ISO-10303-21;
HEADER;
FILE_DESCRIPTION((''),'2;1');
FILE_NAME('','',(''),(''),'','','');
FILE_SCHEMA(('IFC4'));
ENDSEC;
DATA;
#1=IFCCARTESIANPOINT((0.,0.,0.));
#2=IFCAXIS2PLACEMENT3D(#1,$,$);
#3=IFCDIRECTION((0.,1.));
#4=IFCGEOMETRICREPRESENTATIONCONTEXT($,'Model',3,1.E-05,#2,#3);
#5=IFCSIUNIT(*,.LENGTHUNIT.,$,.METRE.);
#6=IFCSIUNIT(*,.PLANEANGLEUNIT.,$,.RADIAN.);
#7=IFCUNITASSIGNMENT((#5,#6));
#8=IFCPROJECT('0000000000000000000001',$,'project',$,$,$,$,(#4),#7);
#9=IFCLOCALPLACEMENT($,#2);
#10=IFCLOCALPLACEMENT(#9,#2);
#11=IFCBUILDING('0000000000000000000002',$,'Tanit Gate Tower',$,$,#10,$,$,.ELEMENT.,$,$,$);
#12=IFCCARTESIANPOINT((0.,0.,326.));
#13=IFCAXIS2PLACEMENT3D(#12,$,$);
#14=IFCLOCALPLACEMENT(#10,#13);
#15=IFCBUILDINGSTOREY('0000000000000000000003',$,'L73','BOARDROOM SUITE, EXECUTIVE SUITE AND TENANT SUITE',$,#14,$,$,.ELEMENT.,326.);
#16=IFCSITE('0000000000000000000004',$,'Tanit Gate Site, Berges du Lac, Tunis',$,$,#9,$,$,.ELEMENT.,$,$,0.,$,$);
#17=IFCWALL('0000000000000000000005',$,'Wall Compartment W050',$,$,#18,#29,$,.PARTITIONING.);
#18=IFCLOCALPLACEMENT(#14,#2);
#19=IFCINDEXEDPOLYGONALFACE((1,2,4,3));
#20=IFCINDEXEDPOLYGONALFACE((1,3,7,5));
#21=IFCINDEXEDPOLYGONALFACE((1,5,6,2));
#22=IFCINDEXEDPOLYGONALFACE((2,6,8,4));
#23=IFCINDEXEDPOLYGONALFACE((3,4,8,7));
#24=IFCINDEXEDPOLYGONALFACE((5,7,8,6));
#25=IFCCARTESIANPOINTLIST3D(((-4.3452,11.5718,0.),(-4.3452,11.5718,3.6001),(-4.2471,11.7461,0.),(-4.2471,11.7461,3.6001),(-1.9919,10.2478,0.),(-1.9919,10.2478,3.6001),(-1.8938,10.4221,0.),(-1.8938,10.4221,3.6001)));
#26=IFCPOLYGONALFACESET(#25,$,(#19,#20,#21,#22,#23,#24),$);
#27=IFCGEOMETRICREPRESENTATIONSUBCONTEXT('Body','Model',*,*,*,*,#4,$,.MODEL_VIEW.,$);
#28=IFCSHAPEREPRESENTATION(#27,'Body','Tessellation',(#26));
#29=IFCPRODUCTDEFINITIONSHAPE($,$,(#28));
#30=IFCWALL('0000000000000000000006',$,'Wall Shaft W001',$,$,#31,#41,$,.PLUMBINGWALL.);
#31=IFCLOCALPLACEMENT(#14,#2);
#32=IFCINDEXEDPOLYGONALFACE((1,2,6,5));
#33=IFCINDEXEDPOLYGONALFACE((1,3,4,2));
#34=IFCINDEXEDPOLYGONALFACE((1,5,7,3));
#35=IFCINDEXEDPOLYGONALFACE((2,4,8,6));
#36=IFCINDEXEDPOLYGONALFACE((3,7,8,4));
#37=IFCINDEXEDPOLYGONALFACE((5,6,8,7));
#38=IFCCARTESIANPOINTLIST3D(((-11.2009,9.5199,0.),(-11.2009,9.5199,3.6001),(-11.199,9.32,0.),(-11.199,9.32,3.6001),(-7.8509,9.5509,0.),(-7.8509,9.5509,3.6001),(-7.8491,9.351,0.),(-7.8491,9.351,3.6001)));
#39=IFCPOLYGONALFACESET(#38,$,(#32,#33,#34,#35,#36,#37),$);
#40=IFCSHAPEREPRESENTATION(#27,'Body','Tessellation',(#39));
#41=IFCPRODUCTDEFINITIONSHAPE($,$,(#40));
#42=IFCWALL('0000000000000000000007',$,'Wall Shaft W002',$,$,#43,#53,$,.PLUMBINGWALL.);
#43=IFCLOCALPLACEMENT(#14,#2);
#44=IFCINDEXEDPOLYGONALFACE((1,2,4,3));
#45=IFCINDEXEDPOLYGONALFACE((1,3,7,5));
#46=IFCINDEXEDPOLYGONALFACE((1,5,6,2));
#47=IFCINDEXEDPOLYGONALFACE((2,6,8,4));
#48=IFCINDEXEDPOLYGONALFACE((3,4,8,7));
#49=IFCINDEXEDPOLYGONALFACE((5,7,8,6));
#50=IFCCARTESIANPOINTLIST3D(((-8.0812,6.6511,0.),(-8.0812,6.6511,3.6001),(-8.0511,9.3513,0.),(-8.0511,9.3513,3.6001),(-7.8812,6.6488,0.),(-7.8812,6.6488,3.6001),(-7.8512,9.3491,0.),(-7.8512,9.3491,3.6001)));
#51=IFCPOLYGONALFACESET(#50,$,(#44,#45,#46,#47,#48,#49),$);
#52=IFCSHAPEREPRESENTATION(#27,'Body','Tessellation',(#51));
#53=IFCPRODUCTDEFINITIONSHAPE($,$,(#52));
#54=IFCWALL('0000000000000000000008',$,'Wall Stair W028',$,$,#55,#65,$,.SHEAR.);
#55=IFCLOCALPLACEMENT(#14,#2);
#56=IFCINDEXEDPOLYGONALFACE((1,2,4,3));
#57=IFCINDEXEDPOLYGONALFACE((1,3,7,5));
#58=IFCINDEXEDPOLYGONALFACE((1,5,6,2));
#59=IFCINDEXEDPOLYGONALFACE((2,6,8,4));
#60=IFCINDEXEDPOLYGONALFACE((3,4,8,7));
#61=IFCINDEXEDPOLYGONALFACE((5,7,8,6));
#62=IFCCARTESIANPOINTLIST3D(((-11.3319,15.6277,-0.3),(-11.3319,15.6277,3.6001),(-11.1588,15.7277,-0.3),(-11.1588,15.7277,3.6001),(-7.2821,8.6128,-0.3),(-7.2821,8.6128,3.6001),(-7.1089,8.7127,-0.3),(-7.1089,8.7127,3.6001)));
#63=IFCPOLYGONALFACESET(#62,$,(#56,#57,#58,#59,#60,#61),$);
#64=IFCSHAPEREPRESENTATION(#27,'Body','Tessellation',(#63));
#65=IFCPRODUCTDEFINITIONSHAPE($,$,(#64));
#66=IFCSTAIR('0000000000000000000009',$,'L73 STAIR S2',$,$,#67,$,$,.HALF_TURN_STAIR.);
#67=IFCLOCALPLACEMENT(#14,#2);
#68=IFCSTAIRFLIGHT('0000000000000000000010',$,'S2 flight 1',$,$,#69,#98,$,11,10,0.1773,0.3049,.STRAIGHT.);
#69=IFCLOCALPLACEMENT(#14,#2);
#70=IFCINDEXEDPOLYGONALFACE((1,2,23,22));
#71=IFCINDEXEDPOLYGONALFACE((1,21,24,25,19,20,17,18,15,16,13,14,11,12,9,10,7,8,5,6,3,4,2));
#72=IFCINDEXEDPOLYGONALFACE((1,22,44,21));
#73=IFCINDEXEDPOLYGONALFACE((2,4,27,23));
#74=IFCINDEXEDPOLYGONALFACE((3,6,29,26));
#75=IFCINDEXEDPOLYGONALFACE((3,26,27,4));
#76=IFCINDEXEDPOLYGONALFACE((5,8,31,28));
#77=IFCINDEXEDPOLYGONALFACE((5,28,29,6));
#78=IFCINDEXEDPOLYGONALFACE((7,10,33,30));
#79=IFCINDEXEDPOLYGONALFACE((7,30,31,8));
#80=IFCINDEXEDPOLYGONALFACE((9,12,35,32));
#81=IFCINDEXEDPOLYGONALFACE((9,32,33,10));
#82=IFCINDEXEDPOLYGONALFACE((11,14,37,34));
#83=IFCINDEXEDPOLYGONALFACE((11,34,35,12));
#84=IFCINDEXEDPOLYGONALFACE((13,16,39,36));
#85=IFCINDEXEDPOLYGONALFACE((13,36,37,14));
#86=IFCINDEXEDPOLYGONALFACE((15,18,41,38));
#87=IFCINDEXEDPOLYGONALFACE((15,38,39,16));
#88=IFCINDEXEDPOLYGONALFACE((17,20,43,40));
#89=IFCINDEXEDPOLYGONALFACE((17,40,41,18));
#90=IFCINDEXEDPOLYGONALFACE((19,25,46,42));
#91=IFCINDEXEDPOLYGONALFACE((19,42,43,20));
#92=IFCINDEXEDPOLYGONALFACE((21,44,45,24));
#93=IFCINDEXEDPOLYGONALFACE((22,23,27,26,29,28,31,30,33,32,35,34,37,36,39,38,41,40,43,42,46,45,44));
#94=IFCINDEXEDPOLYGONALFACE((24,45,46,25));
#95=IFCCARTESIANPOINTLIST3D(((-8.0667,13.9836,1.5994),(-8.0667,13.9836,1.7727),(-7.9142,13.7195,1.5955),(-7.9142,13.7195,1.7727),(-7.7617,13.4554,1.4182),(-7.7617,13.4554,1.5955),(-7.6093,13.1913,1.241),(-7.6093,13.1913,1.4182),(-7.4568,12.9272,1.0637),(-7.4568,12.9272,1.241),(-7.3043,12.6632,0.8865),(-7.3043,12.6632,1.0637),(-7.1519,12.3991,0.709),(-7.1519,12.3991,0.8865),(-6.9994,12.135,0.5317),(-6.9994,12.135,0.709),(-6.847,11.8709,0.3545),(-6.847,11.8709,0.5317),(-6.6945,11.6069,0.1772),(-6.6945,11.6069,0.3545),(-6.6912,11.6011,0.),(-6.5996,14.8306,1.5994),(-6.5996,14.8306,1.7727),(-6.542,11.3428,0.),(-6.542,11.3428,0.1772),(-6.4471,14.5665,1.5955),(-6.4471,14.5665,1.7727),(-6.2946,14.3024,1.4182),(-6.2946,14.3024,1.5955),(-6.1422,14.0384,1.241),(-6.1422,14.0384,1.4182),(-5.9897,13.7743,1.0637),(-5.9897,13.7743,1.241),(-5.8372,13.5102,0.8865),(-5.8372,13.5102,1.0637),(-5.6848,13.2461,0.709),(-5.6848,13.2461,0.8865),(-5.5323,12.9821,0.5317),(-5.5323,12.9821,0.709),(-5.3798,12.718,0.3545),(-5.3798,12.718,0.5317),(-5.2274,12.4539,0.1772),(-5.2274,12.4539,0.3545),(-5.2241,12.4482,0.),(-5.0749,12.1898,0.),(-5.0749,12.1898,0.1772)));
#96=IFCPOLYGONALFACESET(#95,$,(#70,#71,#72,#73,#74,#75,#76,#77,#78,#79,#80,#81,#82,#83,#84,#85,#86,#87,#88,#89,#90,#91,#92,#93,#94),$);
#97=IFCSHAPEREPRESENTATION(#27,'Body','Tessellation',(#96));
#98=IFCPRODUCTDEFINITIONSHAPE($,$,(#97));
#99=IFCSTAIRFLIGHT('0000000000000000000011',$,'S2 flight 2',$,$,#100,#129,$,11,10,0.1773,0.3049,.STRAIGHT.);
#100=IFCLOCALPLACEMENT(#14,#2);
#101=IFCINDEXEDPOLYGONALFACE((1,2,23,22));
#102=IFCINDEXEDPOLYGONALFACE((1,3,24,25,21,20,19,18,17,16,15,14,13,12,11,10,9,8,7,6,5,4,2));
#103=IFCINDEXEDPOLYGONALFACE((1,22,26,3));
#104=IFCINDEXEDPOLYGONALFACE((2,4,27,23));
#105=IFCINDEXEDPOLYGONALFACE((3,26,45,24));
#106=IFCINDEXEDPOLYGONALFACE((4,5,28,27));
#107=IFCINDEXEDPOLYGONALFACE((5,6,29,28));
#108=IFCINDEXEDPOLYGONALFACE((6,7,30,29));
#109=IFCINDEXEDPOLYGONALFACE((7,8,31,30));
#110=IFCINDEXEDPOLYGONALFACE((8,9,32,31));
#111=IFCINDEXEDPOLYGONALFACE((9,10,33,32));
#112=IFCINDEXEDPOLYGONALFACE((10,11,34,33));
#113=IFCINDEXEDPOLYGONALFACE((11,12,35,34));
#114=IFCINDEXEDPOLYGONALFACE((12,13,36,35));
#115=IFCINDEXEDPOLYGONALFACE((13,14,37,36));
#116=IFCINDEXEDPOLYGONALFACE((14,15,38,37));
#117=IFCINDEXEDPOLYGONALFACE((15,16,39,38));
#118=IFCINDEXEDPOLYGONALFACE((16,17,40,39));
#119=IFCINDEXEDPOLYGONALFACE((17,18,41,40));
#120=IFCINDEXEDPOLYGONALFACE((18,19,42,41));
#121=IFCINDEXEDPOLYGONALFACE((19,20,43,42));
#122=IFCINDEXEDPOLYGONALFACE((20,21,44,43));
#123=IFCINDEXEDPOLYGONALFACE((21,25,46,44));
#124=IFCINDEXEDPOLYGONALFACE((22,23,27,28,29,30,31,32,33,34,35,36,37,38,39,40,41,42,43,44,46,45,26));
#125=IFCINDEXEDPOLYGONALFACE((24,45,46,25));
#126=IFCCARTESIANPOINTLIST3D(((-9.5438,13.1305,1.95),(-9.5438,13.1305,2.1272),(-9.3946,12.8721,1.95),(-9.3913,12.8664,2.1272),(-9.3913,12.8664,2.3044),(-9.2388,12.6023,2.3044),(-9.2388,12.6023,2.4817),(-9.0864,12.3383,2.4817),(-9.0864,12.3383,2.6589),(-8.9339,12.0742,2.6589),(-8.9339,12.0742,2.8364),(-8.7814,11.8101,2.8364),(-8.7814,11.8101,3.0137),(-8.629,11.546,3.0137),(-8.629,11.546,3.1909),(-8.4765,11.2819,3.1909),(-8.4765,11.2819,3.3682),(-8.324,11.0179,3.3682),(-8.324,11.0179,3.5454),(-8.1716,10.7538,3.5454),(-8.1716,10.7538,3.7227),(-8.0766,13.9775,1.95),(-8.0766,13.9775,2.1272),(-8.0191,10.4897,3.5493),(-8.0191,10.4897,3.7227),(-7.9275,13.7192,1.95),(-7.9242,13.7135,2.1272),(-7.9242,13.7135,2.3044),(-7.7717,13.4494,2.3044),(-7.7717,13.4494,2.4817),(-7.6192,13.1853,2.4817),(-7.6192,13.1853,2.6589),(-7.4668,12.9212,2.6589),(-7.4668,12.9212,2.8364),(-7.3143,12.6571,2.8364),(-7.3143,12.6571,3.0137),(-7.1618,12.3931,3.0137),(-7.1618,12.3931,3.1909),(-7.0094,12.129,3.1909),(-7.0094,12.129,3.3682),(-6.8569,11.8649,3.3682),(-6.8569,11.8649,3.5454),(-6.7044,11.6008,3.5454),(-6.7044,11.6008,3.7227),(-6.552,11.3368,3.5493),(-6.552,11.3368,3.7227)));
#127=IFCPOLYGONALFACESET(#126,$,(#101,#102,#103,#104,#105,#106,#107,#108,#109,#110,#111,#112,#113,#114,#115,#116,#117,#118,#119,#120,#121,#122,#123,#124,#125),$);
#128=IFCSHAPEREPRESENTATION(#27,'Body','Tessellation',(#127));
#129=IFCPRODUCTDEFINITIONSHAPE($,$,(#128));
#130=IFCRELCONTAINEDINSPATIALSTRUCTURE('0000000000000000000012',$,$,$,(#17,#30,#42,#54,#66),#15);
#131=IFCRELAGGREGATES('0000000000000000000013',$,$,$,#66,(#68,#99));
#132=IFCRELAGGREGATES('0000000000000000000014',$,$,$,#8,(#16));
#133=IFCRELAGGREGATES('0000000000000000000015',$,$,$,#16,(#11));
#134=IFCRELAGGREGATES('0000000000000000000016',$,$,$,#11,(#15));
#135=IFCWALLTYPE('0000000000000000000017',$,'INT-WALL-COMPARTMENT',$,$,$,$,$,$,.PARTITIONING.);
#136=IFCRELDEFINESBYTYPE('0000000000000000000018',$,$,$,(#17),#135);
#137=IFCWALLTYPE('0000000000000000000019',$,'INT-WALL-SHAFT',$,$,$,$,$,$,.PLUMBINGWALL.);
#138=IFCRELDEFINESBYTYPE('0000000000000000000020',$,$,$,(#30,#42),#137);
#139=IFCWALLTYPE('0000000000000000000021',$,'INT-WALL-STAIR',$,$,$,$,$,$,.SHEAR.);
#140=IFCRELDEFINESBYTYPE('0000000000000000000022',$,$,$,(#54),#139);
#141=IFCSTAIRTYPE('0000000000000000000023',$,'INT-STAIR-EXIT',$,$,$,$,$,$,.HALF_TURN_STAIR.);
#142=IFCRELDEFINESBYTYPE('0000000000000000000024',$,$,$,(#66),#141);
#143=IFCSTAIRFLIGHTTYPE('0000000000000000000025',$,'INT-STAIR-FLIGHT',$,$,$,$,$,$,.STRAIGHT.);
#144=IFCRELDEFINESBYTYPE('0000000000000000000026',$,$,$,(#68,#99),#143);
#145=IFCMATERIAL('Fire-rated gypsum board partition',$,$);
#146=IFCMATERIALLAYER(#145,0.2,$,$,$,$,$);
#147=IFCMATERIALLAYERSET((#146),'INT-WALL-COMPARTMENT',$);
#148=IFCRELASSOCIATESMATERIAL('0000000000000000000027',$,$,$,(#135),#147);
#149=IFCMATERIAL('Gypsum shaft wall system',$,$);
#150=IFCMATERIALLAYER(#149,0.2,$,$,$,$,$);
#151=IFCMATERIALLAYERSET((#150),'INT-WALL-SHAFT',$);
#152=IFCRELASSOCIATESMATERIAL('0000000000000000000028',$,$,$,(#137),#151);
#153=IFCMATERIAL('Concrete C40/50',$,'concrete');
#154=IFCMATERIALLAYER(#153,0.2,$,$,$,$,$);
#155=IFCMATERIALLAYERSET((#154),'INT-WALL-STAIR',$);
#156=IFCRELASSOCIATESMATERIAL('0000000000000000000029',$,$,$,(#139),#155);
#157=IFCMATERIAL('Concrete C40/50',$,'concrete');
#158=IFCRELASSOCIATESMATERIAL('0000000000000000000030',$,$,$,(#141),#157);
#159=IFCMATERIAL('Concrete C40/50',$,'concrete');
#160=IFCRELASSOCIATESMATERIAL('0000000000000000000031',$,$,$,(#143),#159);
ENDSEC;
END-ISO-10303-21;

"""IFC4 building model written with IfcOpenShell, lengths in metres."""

from ifc_helpers import new_model, si_unit, direction, frame, frame_2d, origin, place, context, subcontext, project, spatial, polyline, rectangle, outline, extrude, material, layer, layer_set, type_object, element, aggregate, save


model = new_model("IFC4")

# Units and contexts
model_context = context("Model", 3, precision=1e-05, world=origin(), true_north=direction((0.0, 1.0)))
body_context = subcontext(model_context, "Body", "Model", "MODEL_VIEW")
ifc_project = project(units=[si_unit("LENGTHUNIT", "METRE"), si_unit("PLANEANGLEUNIT", "RADIAN")], contexts=[model_context])

# Site, building, storey
site_placement = place(None, origin())
site = spatial("IfcSite", under=ifc_project, at=site_placement, Name="Tanit Gate Site, Berges du Lac, Tunis", CompositionType="ELEMENT", RefElevation=0.0)
building_placement = place(site_placement, origin())
building = spatial("IfcBuilding", under=site, at=building_placement, Name="Tanit Gate Tower", CompositionType="ELEMENT")
storey_placement = place(building_placement, frame((0.0, 0.0, 326.0)))
storey = spatial("IfcBuildingStorey", under=building, at=storey_placement, Name="L73", Description="BOARDROOM SUITE, EXECUTIVE SUITE AND TENANT SUITE", CompositionType="ELEMENT", Elevation=326.0)

# Walls
ifc_material_1 = material(Name="Fire-rated gypsum board partition")
ifc_layer_1 = layer(ifc_material_1, 0.2)
ifc_layer_set_1 = layer_set([ifc_layer_1], Name="INT-WALL-COMPARTMENT")
wall_type_1 = type_object("IfcWallType", Name="INT-WALL-COMPARTMENT", PredefinedType="PARTITIONING", material=ifc_layer_set_1)
wall_1_placement = place(storey_placement, frame((-4.2961, 11.6589, 0.0), z_axis=(0.0, 0.0, 1.0), x_axis=(0.871534, -0.490334, 0.0)))
element("IfcWall", 1, at=wall_1_placement, inside=storey, type_object=wall_type_1, Name="Wall Compartment W050", PredefinedType="PARTITIONING", context=body_context, shape_type="SweptSolid", body=[
    extrude(rectangle(XDim=2.7002, YDim=0.2, at=frame_2d((1.3501, 0.0))), origin(), (0.0, 0.0, 1.0), 3.6001),
])
ifc_material_2 = material(Name="Gypsum shaft wall system")
ifc_layer_2 = layer(ifc_material_2, 0.2)
ifc_layer_set_2 = layer_set([ifc_layer_2], Name="INT-WALL-SHAFT")
wall_type_2 = type_object("IfcWallType", Name="INT-WALL-SHAFT", PredefinedType="PLUMBINGWALL", material=ifc_layer_set_2)
wall_2_placement = place(storey_placement, frame((-11.2, 9.4199, 0.0), z_axis=(0.0, 0.0, 1.0), x_axis=(0.999957, 0.009255, 0.0)))
element("IfcWall", 2, at=wall_2_placement, inside=storey, type_object=wall_type_2, Name="Wall Shaft W001", PredefinedType="PLUMBINGWALL", context=body_context, shape_type="SweptSolid", body=[
    extrude(rectangle(XDim=3.3501, YDim=0.2, at=frame_2d((1.675, 0.0))), origin(), (0.0, 0.0, 1.0), 3.6001),
])
wall_3_placement = place(storey_placement, frame((-7.9512, 9.3501, 0.0), z_axis=(0.0, 0.0, 1.0), x_axis=(-0.01112, -0.999938, 0.0)))
element("IfcWall", 3, at=wall_3_placement, inside=storey, type_object=wall_type_2, Name="Wall Shaft W002", PredefinedType="PLUMBINGWALL", context=body_context, shape_type="SweptSolid", body=[
    extrude(rectangle(XDim=2.7004, YDim=0.2, at=frame_2d((1.3501, 0.0))), origin(), (0.0, 0.0, 1.0), 3.6001),
])
ifc_material_3 = material(Name="Concrete C40/50", Category="concrete")
ifc_layer_3 = layer(ifc_material_3, 0.2)
ifc_layer_set_3 = layer_set([ifc_layer_3], Name="INT-WALL-STAIR")
wall_type_3 = type_object("IfcWallType", Name="INT-WALL-STAIR", PredefinedType="SHEAR", material=ifc_layer_set_3)
wall_4_placement = place(storey_placement, frame((-11.2454, 15.6777, -0.3), z_axis=(0.0, 0.0, 1.0), x_axis=(0.499977, -0.866039, 0.0)))
element("IfcWall", 4, at=wall_4_placement, inside=storey, type_object=wall_type_3, Name="Wall Stair W028", PredefinedType="SHEAR", context=body_context, shape_type="SweptSolid", body=[
    extrude(rectangle(XDim=8.1001, YDim=0.2, at=frame_2d((4.05, 0.0))), origin(), (0.0, 0.0, 1.0), 3.9001),
])

# Stair, stair flights
ifc_material_4 = material(Name="Concrete C40/50", Category="concrete")
stair_type = type_object("IfcStairType", Name="INT-STAIR-EXIT", PredefinedType="HALF_TURN_STAIR", material=ifc_material_4)
stair_placement = place(storey_placement, origin())
stair = element("IfcStair", 5, at=stair_placement, inside=storey, type_object=stair_type, Name="L73 STAIR S2", PredefinedType="HALF_TURN_STAIR")
ifc_material_5 = material(Name="Concrete C40/50", Category="concrete")
stair_flight_type = type_object("IfcStairFlightType", Name="INT-STAIR-FLIGHT", PredefinedType="STRAIGHT", material=ifc_material_5)
stair_flight_1_placement = place(storey_placement, frame((-5.8083, 11.7664, 0.0), z_axis=(0.0, 0.0, 1.0), x_axis=(-0.5, 0.866025, 0.0)))
stair_flight_1 = element("IfcStairFlight", 6, at=stair_flight_1_placement, type_object=stair_flight_type, Name="S2 flight 1", NumberOfRisers=11, NumberOfTreads=10, PredefinedType="STRAIGHT", RiserHeight=0.1773, TreadLength=0.3049, context=body_context, shape_type="SweptSolid", body=[
    extrude(outline(polyline([(0.0, 0.0), (0.0, 0.1772), (0.3049, 0.1772), (0.3049, 0.3545), (0.6099, 0.3545), (0.6099, 0.5317), (0.9148, 0.5317), (0.9148, 0.709), (1.2197, 0.709), (1.2197, 0.8865), (1.5247, 0.8865), (1.5247, 1.0637), (1.8296, 1.0637), (1.8296, 1.241), (2.1345, 1.241), (2.1345, 1.4182), (2.4395, 1.4182), (2.4395, 1.5955), (2.7444, 1.5955), (2.7444, 1.7727), (3.0493, 1.7727), (3.0493, 1.95), (3.0493, 1.5994), (0.2983, 0.0), (0.0, 0.0)])), frame((0.0, 0.8472, 0.0), z_axis=(0.0, -1.0, 0.0), x_axis=(1.0, 0.0, 0.0)), (0.0, 0.0, 1.0), 1.6941),
])
stair_flight_2_placement = place(storey_placement, frame((-8.8103, 13.554, 1.95), z_axis=(0.0, 0.0, 1.0), x_axis=(0.5, -0.866025, 0.0)))
stair_flight_2 = element("IfcStairFlight", 7, at=stair_flight_2_placement, type_object=stair_flight_type, Name="S2 flight 2", NumberOfRisers=11, NumberOfTreads=10, PredefinedType="STRAIGHT", RiserHeight=0.1773, TreadLength=0.3049, context=body_context, shape_type="SweptSolid", body=[
    extrude(outline(polyline([(0.0, 0.0), (0.0, 0.1772), (0.3049, 0.1772), (0.3049, 0.3545), (0.6099, 0.3545), (0.6099, 0.5317), (0.9148, 0.5317), (0.9148, 0.709), (1.2197, 0.709), (1.2197, 0.8865), (1.5247, 0.8865), (1.5247, 1.0637), (1.8296, 1.0637), (1.8296, 1.241), (2.1345, 1.241), (2.1345, 1.4182), (2.4395, 1.4182), (2.4395, 1.5955), (2.7444, 1.5955), (2.7444, 1.7727), (3.0493, 1.7727), (3.0493, 1.95), (3.0493, 1.5994), (0.2983, 0.0), (0.0, 0.0)])), frame((0.0, 0.8472, 0.0), z_axis=(0.0, -1.0, 0.0), x_axis=(1.0, 0.0, 0.0)), (0.0, 0.0, 1.0), 1.6941),
])
aggregate(stair, [stair_flight_1, stair_flight_2])

save(model, "model.ifc")
